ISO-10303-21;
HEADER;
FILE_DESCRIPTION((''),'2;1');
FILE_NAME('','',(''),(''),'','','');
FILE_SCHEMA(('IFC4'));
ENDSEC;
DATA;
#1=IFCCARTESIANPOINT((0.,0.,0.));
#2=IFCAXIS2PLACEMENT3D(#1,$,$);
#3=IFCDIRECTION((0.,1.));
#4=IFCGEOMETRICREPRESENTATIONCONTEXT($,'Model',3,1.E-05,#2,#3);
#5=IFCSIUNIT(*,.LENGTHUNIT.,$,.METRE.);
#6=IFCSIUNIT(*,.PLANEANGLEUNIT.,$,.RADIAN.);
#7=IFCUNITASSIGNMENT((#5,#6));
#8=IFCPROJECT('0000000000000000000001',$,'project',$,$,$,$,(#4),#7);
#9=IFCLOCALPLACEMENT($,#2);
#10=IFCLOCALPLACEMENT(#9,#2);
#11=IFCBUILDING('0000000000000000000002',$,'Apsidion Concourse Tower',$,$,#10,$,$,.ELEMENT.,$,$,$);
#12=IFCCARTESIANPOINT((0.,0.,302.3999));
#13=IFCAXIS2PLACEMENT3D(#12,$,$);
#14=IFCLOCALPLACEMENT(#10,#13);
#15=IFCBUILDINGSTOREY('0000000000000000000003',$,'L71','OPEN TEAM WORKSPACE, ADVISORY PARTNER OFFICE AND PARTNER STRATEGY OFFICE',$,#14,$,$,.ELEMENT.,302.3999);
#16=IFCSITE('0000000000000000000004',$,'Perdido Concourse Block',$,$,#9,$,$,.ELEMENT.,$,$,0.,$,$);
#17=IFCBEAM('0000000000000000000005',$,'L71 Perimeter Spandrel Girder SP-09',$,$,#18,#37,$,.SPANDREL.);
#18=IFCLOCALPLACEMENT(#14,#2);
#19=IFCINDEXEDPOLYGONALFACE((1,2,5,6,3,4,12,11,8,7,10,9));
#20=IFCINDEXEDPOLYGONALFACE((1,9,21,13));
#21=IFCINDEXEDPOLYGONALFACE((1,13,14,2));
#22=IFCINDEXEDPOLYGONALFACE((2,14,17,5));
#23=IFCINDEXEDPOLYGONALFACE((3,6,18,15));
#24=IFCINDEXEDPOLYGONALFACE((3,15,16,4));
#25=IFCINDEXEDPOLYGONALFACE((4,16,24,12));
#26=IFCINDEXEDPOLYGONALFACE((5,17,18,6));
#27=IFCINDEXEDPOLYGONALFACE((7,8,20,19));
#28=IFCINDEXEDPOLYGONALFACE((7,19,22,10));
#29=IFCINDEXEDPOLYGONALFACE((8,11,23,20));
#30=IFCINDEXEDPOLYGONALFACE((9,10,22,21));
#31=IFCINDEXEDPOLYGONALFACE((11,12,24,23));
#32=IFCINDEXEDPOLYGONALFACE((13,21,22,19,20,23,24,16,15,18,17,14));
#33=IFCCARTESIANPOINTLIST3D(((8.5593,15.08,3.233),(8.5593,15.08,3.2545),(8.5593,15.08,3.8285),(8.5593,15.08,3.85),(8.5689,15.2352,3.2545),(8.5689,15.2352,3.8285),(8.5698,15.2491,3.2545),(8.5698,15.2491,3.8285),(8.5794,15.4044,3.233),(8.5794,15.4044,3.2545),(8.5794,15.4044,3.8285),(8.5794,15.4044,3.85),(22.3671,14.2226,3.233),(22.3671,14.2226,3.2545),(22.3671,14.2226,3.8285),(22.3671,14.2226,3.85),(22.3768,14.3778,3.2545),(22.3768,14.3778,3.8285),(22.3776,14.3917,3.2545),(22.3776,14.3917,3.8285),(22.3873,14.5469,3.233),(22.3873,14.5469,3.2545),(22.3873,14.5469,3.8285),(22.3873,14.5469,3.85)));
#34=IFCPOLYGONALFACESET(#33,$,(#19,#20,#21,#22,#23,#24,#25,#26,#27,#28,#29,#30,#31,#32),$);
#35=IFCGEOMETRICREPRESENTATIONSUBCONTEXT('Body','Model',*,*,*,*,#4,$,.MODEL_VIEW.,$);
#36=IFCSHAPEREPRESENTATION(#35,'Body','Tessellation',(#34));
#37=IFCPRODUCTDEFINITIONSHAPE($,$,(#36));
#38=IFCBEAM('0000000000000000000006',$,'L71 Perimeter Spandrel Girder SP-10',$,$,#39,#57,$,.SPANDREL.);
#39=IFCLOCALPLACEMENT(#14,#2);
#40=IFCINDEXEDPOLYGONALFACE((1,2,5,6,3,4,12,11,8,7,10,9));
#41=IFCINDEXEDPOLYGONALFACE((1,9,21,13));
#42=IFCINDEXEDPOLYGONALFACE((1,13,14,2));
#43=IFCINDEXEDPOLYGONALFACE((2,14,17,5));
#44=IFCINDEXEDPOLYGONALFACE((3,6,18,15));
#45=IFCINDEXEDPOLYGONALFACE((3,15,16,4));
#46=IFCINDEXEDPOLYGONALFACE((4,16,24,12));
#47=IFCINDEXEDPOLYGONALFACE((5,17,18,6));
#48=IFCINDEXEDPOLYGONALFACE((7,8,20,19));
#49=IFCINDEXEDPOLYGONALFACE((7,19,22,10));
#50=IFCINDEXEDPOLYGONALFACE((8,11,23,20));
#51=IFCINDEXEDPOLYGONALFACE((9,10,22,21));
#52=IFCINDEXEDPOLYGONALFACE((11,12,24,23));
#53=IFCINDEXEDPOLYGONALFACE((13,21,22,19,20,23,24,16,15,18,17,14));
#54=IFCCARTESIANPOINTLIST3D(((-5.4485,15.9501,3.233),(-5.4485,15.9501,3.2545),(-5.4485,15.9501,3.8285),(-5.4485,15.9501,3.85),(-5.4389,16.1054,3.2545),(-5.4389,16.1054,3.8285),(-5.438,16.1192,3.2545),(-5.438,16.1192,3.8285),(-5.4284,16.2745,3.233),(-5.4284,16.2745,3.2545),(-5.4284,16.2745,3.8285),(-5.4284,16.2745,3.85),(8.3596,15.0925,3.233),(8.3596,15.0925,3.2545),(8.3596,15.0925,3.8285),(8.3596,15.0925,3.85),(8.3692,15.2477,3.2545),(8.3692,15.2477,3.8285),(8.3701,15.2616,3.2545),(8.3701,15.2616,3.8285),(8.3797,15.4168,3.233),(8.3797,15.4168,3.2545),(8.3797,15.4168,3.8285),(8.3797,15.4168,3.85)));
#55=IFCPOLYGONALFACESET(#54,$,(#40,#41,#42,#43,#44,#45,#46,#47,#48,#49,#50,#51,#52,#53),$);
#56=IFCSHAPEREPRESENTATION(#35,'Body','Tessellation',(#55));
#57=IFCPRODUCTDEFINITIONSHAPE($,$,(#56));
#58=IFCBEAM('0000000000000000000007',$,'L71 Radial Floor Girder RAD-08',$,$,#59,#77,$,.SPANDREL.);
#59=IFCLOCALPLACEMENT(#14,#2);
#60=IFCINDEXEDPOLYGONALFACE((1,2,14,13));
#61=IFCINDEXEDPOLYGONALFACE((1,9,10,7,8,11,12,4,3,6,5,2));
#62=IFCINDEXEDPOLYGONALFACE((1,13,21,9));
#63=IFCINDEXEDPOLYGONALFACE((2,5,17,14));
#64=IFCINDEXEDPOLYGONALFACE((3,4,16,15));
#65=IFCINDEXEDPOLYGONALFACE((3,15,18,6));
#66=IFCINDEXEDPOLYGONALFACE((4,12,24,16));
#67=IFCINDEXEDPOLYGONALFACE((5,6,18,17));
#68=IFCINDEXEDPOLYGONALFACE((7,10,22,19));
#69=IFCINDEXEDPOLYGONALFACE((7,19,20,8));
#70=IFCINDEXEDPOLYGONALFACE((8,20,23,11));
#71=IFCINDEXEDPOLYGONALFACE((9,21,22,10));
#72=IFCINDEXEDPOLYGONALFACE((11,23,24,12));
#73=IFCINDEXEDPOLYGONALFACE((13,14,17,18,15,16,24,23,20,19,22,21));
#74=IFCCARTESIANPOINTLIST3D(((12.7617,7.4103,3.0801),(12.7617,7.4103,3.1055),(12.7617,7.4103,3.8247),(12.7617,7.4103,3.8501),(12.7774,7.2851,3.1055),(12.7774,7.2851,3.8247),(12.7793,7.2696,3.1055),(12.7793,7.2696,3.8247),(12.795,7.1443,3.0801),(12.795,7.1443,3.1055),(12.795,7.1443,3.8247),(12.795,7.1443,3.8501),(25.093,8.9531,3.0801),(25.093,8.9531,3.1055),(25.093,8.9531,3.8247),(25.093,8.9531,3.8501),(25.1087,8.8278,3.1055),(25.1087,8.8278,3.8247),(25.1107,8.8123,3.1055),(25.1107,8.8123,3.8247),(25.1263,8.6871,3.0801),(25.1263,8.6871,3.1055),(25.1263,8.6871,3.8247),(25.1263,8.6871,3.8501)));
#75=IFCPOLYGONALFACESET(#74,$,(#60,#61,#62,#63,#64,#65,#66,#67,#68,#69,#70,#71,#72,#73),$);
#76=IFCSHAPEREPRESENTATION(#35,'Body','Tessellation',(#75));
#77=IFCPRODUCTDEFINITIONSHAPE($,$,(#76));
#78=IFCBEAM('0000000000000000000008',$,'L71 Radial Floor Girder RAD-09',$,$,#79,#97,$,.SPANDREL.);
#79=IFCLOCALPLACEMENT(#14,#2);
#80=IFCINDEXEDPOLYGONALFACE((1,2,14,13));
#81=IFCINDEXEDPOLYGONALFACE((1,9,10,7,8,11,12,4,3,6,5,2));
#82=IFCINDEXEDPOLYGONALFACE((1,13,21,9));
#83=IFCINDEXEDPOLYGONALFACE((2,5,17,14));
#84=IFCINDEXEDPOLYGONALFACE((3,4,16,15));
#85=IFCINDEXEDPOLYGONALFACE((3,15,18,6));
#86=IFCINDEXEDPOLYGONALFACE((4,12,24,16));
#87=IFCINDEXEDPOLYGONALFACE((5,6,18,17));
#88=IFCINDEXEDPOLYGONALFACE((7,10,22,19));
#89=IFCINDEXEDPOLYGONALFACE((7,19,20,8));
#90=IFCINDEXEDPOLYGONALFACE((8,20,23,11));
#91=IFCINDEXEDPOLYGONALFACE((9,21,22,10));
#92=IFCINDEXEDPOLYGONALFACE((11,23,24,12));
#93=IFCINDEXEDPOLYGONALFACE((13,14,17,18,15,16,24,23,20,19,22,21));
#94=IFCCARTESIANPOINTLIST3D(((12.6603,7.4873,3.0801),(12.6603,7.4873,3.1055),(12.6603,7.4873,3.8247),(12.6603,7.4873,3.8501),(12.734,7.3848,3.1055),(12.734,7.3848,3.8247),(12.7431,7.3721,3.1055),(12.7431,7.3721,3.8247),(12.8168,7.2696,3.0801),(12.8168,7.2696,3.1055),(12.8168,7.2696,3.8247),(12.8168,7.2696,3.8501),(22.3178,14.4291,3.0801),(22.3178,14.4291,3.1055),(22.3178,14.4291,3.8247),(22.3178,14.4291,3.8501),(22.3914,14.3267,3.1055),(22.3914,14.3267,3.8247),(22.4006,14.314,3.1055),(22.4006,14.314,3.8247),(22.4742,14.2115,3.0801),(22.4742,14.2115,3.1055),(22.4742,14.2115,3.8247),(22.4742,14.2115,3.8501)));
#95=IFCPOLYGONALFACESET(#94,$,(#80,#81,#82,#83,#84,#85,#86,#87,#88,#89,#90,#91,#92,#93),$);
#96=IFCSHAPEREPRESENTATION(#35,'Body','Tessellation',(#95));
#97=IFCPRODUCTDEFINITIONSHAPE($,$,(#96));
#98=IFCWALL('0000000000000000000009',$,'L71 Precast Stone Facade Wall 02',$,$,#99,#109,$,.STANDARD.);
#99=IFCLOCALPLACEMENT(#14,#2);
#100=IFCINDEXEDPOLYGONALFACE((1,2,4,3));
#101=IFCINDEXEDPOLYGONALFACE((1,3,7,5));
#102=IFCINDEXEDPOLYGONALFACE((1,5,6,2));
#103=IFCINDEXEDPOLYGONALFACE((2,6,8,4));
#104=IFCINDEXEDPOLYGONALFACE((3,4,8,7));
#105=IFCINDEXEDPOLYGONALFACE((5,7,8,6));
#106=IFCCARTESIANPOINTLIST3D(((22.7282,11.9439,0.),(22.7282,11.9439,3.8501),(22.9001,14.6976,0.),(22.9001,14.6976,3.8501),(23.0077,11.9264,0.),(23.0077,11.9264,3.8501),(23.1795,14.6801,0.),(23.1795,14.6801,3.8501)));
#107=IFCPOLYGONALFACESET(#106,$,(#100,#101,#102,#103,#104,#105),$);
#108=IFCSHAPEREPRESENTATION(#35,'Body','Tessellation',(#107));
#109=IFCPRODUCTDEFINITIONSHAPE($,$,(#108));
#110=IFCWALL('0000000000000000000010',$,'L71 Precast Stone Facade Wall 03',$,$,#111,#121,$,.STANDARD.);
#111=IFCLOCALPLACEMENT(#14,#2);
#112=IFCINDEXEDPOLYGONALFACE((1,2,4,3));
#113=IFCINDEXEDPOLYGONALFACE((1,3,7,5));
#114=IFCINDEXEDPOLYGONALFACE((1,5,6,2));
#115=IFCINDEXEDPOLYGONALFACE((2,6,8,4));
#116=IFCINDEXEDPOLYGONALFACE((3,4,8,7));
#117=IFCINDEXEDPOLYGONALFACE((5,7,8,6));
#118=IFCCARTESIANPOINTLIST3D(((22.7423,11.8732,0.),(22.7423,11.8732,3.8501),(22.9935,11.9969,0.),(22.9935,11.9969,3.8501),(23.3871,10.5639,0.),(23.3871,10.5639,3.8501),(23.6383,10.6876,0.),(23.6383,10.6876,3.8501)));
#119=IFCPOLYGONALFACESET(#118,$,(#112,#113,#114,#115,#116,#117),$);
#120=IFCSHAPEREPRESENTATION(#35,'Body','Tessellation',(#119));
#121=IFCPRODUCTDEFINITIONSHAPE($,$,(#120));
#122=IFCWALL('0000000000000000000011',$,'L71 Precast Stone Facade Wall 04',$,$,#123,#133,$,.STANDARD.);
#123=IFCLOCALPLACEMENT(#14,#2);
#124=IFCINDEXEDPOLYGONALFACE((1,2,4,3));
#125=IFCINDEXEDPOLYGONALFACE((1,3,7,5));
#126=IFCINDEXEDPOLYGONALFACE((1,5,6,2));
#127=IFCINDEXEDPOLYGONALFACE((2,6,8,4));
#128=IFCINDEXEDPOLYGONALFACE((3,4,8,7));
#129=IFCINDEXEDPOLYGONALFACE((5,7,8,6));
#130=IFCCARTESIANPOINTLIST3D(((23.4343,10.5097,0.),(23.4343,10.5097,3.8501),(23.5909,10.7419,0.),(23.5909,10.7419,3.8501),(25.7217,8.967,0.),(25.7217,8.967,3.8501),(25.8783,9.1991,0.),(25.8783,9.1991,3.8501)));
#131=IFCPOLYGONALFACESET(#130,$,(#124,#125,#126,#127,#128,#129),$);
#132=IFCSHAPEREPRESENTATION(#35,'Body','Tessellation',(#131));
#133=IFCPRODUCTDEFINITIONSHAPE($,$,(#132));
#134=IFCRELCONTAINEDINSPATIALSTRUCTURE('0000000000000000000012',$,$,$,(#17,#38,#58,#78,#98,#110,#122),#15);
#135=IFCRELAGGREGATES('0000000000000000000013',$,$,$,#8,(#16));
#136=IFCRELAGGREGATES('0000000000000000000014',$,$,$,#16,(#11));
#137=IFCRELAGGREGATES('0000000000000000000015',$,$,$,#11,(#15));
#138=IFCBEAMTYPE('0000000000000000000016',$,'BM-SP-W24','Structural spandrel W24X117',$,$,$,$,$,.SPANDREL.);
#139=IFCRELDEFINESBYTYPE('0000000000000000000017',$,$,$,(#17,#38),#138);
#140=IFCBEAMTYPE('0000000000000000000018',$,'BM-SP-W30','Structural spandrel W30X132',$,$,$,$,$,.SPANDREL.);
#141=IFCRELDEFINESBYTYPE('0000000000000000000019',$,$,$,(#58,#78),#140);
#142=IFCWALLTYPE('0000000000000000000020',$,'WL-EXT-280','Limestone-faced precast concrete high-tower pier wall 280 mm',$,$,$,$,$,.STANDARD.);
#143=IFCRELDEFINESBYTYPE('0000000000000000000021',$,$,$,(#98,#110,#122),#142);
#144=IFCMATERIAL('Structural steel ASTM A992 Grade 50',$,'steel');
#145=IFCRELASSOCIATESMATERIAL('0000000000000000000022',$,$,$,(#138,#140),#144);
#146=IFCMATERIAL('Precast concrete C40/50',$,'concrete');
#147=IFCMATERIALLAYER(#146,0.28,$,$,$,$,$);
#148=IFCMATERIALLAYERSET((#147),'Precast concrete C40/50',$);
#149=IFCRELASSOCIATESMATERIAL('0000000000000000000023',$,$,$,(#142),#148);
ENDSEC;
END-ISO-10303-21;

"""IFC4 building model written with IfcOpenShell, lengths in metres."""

from ifc_helpers import new_model, si_unit, direction, frame, frame_2d, origin, origin_2d, place, context, subcontext, project, spatial, rectangle, i_section, extrude, material, layer, layer_set, material_profile, profile_set, type_object, element, save


model = new_model("IFC4")

# Units and contexts
model_context = context("Model", 3, precision=1e-05, world=origin(), true_north=direction((0.0, 1.0)))
body_context = subcontext(model_context, "Body", "Model", "MODEL_VIEW")
ifc_project = project(units=[si_unit("LENGTHUNIT", "METRE"), si_unit("PLANEANGLEUNIT", "RADIAN")], contexts=[model_context])

# Site, building, storey
site_placement = place(None, origin())
site = spatial("IfcSite", under=ifc_project, at=site_placement, Name="Perdido Concourse Block", CompositionType="ELEMENT", RefElevation=0.0)
building_placement = place(site_placement, origin())
building = spatial("IfcBuilding", under=site, at=building_placement, Name="Apsidion Concourse Tower", CompositionType="ELEMENT")
storey_placement = place(building_placement, frame((0.0, 0.0, 302.3999)))
storey = spatial("IfcBuildingStorey", under=building, at=storey_placement, Name="L71", Description="OPEN TEAM WORKSPACE, ADVISORY PARTNER OFFICE AND PARTNER STRATEGY OFFICE", CompositionType="ELEMENT", Elevation=302.3999)

# Shared definitions
ifc_material_1 = material(Name="Structural steel ASTM A992 Grade 50", Category="steel")

# Beams
ifc_material_profile_1 = material_profile(ifc_material_1, i_section(OverallWidth=0.325, OverallDepth=0.6169, WebThickness=0.0139, FlangeThickness=0.0215, at=origin_2d()), Name="W24X117")
ifc_profile_set_1 = profile_set([ifc_material_profile_1], Name="Structural steel ASTM A992 Grade 50")
beam_type_1 = type_object("IfcBeamType", Name="BM-SP-W24", Description="Structural spandrel W24X117", PredefinedType="SPANDREL", material=ifc_profile_set_1)
beam_1_placement = place(storey_placement, frame((22.3772, 14.3848, 3.5415), z_axis=(-0.998078, 0.061977, 0.0), x_axis=(-0.061977, -0.998078, 0.0)))
element("IfcBeam", 1, at=beam_1_placement, inside=storey, type_object=beam_type_1, Name="L71 Perimeter Spandrel Girder SP-09", PredefinedType="SPANDREL", context=body_context, shape_type="SweptSolid", body=[
    extrude(i_section(OverallWidth=0.325, OverallDepth=0.6169, WebThickness=0.0139, FlangeThickness=0.0215, at=origin_2d()), origin(), (0.0, 0.0, 1.0), 13.8345),
])
beam_2_placement = place(storey_placement, frame((8.3696, 15.2546, 3.5415), z_axis=(-0.998077, 0.061994, 0.0), x_axis=(-0.061994, -0.998077, 0.0)))
element("IfcBeam", 2, at=beam_2_placement, inside=storey, type_object=beam_type_1, Name="L71 Perimeter Spandrel Girder SP-10", PredefinedType="SPANDREL", context=body_context, shape_type="SweptSolid", body=[
    extrude(i_section(OverallWidth=0.325, OverallDepth=0.6169, WebThickness=0.0139, FlangeThickness=0.0215, at=origin_2d()), origin(), (0.0, 0.0, 1.0), 13.8347),
])
ifc_material_profile_2 = material_profile(ifc_material_1, i_section(OverallWidth=0.2681, OverallDepth=0.77, WebThickness=0.0156, FlangeThickness=0.0254, at=origin_2d()), Name="W30X132")
ifc_profile_set_2 = profile_set([ifc_material_profile_2], Name="Structural steel ASTM A992 Grade 50")
beam_type_2 = type_object("IfcBeamType", Name="BM-SP-W30", Description="Structural spandrel W30X132", PredefinedType="SPANDREL", material=ifc_profile_set_2)
beam_3_placement = place(storey_placement, frame((12.7783, 7.2773, 3.4651), z_axis=(0.992265, 0.124139, 0.0), x_axis=(-0.124139, 0.992265, 0.0)))
element("IfcBeam", 3, at=beam_3_placement, inside=storey, type_object=beam_type_2, Name="L71 Radial Floor Girder RAD-08", PredefinedType="SPANDREL", context=body_context, shape_type="SweptSolid", body=[
    extrude(i_section(OverallWidth=0.2681, OverallDepth=0.77, WebThickness=0.0156, FlangeThickness=0.0254, at=origin_2d()), origin(), (0.0, 0.0, 1.0), 12.4275),
])
beam_4_placement = place(storey_placement, frame((12.7385, 7.3784, 3.4651), z_axis=(0.811992, 0.583669, 0.0), x_axis=(-0.583669, 0.811992, 0.0)))
element("IfcBeam", 4, at=beam_4_placement, inside=storey, type_object=beam_type_2, Name="L71 Radial Floor Girder RAD-09", PredefinedType="SPANDREL", context=body_context, shape_type="SweptSolid", body=[
    extrude(i_section(OverallWidth=0.2681, OverallDepth=0.77, WebThickness=0.0156, FlangeThickness=0.0254, at=origin_2d()), origin(), (0.0, 0.0, 1.0), 11.8936),
])

# Walls
ifc_material_2 = material(Name="Precast concrete C40/50", Category="concrete")
ifc_layer_1 = layer(ifc_material_2, 0.28)
ifc_layer_set_1 = layer_set([ifc_layer_1], Name="Precast concrete C40/50")
wall_type_1 = type_object("IfcWallType", Name="WL-EXT-280", Description="Limestone-faced precast concrete high-tower pier wall 280 mm", PredefinedType="STANDARD", material=ifc_layer_set_1)
wall_1_placement = place(storey_placement, frame((23.0398, 14.6887, 0.0), z_axis=(0.0, 0.0, 1.0), x_axis=(-0.062296, -0.998058, 0.0)))
element("IfcWall", 5, at=wall_1_placement, inside=storey, type_object=wall_type_1, Name="L71 Precast Stone Facade Wall 02", PredefinedType="STANDARD", context=body_context, shape_type="SweptSolid", body=[
    extrude(rectangle(XDim=2.759, YDim=0.28, at=frame_2d((1.3794, 0.0))), origin(), (0.0, 0.0, 1.0), 3.8501),
])
wall_2_placement = place(storey_placement, frame((22.8679, 11.9351, 0.0), z_axis=(0.0, 0.0, 1.0), x_axis=(0.441786, -0.897121, 0.0)))
element("IfcWall", 6, at=wall_2_placement, inside=storey, type_object=wall_type_1, Name="L71 Precast Stone Facade Wall 03", PredefinedType="STANDARD", context=body_context, shape_type="SweptSolid", body=[
    extrude(rectangle(XDim=1.4595, YDim=0.28, at=frame_2d((0.7297, 0.0))), origin(), (0.0, 0.0, 1.0), 3.8501),
])
wall_3_placement = place(storey_placement, frame((23.5127, 10.6257, 0.0), z_axis=(0.0, 0.0, 1.0), x_axis=(0.829057, -0.559164, 0.0)))
element("IfcWall", 7, at=wall_3_placement, inside=storey, type_object=wall_type_1, Name="L71 Precast Stone Facade Wall 04", PredefinedType="STANDARD", context=body_context, shape_type="SweptSolid", body=[
    extrude(rectangle(XDim=2.759, YDim=0.28, at=frame_2d((1.3794, 0.0))), origin(), (0.0, 0.0, 1.0), 3.8501),
])

save(model, "model.ifc")
